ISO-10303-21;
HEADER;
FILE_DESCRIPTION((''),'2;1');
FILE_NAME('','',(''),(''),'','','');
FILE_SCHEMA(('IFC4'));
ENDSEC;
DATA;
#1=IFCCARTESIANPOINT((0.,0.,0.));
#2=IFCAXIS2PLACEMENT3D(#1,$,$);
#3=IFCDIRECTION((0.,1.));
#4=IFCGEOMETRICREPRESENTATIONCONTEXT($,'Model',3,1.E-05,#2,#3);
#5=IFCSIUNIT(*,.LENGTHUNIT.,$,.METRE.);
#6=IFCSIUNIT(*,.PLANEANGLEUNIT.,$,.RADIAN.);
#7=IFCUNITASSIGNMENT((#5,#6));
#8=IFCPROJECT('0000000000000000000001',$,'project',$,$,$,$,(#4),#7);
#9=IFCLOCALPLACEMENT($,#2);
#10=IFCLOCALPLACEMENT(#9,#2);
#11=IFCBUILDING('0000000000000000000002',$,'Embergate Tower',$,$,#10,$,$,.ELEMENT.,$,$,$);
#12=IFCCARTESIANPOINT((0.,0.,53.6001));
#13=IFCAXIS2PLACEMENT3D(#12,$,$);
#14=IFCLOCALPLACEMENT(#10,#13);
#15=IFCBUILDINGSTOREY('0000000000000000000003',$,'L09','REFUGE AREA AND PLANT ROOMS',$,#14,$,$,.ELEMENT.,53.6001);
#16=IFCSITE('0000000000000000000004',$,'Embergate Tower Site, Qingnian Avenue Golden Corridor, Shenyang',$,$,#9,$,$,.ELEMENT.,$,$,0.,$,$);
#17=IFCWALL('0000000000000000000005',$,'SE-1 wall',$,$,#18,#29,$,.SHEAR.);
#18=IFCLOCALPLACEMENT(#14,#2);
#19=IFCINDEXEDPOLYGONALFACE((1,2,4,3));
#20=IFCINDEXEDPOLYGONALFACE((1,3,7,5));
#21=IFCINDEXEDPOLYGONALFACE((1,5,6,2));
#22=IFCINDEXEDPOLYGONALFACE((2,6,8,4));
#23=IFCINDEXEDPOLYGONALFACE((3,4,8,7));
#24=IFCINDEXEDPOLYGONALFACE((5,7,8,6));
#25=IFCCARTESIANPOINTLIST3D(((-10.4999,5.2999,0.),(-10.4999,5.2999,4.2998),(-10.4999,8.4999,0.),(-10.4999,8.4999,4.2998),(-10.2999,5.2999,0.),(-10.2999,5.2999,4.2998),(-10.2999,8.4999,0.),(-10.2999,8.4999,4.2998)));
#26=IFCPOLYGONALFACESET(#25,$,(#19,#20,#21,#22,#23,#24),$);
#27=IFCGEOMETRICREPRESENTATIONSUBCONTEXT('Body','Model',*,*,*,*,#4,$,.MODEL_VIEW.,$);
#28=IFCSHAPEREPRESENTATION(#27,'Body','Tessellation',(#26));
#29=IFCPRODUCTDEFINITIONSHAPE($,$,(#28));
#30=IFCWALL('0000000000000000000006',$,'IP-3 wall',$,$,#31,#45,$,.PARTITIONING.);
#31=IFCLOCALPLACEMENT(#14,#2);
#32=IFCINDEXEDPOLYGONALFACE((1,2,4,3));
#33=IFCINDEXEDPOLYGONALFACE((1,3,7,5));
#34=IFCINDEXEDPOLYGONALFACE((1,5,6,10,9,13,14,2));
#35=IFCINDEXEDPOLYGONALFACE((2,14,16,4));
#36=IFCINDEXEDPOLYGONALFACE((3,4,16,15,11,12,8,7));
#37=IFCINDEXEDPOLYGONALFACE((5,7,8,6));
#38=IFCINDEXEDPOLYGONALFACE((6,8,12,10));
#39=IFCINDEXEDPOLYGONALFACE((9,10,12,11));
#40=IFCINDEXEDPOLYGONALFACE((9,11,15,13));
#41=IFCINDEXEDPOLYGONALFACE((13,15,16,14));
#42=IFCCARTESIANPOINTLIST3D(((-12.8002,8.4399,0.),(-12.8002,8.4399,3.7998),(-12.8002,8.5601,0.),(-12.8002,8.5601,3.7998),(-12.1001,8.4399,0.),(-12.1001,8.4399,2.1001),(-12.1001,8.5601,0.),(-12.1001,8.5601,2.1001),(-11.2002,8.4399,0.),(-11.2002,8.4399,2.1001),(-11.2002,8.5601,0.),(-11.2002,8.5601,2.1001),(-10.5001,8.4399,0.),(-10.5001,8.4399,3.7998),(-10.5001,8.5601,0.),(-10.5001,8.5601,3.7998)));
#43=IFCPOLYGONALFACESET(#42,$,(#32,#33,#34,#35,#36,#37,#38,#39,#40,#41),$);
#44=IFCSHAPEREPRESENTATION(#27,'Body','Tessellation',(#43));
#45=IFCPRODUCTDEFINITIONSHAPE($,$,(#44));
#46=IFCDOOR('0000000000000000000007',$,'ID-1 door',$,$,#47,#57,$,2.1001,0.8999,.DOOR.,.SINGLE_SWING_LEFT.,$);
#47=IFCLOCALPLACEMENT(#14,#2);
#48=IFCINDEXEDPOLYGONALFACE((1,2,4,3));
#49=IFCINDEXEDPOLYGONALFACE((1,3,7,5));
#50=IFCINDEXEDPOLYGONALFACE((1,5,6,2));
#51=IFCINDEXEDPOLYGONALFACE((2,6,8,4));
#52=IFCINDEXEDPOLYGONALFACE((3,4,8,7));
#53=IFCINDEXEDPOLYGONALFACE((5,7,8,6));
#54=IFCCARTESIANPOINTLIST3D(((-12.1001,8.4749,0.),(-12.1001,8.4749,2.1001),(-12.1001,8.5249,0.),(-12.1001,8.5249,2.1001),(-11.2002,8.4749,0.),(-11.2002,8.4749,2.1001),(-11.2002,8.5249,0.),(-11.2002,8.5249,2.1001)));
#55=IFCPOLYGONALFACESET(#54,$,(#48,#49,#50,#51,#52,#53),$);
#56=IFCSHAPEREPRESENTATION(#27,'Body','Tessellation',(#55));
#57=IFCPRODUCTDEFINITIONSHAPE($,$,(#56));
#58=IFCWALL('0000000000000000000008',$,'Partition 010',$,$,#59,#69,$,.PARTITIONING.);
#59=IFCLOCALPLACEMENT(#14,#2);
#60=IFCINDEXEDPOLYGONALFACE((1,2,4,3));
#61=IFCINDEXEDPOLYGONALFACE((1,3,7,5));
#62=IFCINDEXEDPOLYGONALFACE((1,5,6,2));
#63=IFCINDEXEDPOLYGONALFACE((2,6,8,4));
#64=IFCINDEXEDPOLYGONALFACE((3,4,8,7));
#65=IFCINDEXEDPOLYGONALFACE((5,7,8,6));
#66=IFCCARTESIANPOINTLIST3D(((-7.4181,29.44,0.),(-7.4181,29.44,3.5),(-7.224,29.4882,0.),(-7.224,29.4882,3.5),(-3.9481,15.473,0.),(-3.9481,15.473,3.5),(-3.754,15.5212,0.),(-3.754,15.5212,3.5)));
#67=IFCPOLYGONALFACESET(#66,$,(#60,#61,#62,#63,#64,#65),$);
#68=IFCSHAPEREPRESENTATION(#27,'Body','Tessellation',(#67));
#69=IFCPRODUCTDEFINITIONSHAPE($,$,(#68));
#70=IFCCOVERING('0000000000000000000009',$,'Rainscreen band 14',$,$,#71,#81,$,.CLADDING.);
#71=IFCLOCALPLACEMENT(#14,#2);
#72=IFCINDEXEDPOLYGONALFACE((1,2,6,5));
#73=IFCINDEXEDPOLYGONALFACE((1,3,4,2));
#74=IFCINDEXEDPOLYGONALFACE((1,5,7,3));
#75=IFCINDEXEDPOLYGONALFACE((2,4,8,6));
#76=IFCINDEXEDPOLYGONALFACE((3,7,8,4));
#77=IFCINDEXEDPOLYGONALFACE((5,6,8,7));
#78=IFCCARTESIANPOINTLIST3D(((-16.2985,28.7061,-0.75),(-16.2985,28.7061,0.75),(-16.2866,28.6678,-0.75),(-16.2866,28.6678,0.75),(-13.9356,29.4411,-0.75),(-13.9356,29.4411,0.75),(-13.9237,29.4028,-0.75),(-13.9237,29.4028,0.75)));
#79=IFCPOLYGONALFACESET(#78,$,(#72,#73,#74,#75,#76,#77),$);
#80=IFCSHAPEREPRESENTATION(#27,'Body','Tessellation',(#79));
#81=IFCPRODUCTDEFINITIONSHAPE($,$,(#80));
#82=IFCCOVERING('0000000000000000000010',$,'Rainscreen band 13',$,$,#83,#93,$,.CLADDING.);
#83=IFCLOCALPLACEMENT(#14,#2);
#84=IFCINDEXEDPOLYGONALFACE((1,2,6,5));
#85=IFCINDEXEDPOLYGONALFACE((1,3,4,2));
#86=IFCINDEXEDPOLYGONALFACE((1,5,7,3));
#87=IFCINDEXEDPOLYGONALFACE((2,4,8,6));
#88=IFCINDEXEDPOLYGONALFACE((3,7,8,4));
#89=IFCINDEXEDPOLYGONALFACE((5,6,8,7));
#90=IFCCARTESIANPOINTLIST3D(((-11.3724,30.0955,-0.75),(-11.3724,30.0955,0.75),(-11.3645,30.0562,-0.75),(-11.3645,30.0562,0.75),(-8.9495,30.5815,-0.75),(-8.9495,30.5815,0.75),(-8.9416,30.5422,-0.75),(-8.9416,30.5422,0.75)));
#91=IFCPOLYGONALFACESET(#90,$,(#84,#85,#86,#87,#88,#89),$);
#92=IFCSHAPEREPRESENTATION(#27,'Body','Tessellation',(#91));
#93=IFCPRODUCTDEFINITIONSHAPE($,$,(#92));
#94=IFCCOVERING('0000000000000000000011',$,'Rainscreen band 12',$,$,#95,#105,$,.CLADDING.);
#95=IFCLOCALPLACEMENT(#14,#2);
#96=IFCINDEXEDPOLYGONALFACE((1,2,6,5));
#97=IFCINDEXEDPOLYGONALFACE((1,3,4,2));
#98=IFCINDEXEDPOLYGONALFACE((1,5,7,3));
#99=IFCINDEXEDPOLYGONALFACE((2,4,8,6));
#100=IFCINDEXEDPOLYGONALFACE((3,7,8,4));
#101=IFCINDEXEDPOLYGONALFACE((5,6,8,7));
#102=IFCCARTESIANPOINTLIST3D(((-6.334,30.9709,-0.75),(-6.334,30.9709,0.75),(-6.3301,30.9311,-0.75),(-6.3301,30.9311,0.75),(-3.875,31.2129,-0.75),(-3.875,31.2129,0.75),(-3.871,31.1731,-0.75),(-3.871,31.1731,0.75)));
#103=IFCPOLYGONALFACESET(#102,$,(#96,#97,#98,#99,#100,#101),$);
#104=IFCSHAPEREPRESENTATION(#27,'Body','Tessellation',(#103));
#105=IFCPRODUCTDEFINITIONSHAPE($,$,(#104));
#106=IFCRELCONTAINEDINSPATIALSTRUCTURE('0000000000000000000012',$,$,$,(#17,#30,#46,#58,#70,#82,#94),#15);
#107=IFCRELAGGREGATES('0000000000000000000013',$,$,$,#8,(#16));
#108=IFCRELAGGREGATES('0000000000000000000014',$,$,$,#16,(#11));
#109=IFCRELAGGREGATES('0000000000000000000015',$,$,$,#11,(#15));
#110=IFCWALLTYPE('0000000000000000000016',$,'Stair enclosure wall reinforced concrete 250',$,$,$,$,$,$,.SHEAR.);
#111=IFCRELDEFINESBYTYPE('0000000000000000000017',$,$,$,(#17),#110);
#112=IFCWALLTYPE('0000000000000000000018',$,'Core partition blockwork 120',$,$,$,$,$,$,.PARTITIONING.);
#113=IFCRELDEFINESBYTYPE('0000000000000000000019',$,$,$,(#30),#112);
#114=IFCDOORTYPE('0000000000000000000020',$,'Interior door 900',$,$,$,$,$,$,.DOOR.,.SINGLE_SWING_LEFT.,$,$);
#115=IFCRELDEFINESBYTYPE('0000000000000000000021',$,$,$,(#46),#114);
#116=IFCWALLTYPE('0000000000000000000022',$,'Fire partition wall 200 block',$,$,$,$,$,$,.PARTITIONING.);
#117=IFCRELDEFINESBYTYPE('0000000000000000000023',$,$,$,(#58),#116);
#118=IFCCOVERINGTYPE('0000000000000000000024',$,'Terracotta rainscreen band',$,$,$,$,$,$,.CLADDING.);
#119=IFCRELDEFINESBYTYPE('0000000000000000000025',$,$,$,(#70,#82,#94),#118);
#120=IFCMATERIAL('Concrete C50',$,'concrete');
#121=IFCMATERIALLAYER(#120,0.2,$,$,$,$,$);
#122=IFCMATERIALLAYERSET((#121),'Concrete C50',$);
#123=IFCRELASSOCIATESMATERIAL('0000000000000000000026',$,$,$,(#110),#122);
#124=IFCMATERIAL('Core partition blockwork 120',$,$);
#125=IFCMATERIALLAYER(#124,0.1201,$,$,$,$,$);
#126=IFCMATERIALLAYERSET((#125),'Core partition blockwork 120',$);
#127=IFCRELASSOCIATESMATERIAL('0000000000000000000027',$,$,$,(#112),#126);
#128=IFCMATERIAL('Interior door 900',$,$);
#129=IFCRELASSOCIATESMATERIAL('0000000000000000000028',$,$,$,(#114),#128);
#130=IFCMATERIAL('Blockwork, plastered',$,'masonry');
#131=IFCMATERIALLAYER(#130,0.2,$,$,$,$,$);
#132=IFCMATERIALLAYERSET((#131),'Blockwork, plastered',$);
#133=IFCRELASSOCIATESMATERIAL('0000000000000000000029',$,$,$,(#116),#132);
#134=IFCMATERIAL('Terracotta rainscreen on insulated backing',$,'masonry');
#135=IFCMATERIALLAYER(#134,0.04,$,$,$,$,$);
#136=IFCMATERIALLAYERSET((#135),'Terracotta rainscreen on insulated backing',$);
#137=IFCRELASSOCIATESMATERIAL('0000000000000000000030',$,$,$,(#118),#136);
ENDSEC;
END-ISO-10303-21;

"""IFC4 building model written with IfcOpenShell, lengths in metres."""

from ifc_helpers import new_model, si_unit, direction, frame, frame_2d, origin, origin_2d, place, context, subcontext, project, spatial, rectangle, extrude, source, transform, mapped, material, layer, layer_set, type_object, element, fill, save


model = new_model("IFC4")

# Units and contexts
model_context = context("Model", 3, precision=1e-05, world=origin(), true_north=direction((0.0, 1.0)))
body_context = subcontext(model_context, "Body", "Model", "MODEL_VIEW")
ifc_project = project(units=[si_unit("LENGTHUNIT", "METRE"), si_unit("PLANEANGLEUNIT", "RADIAN")], contexts=[model_context])

# Site, building, storey
site_placement = place(None, origin())
site = spatial("IfcSite", under=ifc_project, at=site_placement, Name="Embergate Tower Site, Qingnian Avenue Golden Corridor, Shenyang", CompositionType="ELEMENT", RefElevation=0.0)
building_placement = place(site_placement, origin())
building = spatial("IfcBuilding", under=site, at=building_placement, Name="Embergate Tower", CompositionType="ELEMENT")
storey_placement = place(building_placement, frame((0.0, 0.0, 53.6001)))
storey = spatial("IfcBuildingStorey", under=building, at=storey_placement, Name="L09", Description="REFUGE AREA AND PLANT ROOMS", CompositionType="ELEMENT", Elevation=53.6001)

# Wall
ifc_material_1 = material(Name="Concrete C50", Category="concrete")
ifc_layer_1 = layer(ifc_material_1, 0.2)
ifc_layer_set_1 = layer_set([ifc_layer_1], Name="Concrete C50")
wall_type_1 = type_object("IfcWallType", Name="Stair enclosure wall reinforced concrete 250", PredefinedType="SHEAR", material=ifc_layer_set_1)
shared_shape_1 = source(origin(), body_context, "Body", "SweptSolid", [
    extrude(rectangle(XDim=3.2, YDim=0.2, at=frame_2d((1.6001, 0.0))), origin(), (0.0, 0.0, 1.0), 4.2998),
])
wall_1_placement = place(storey_placement, frame((-10.3999, 8.5, 0.0), z_axis=(0.0, 0.0, 1.0), x_axis=(0.0, -1.0, 0.0)))
element("IfcWall", 1, at=wall_1_placement, inside=storey, type_object=wall_type_1, Name="SE-1 wall", PredefinedType="SHEAR", context=body_context, shape_type="MappedRepresentation", body=[
    mapped(shared_shape_1, transform((0.0, 0.0, 0.0))),
])

# Wall, opening, door
ifc_material_2 = material(Name="Core partition blockwork 120")
ifc_layer_2 = layer(ifc_material_2, 0.1201)
ifc_layer_set_2 = layer_set([ifc_layer_2], Name="Core partition blockwork 120")
wall_type_2 = type_object("IfcWallType", Name="Core partition blockwork 120", PredefinedType="PARTITIONING", material=ifc_layer_set_2)
shared_shape_2 = source(origin(), body_context, "Body", "SweptSolid", [
    extrude(rectangle(XDim=2.3, YDim=0.1201, at=frame_2d((1.1499, 0.0))), origin(), (0.0, 0.0, 1.0), 3.7998),
])
wall_2_placement = place(storey_placement, frame((-12.8, 8.5, 0.0), z_axis=(0.0, 0.0, 1.0), x_axis=(1.0, 0.0, 0.0)))
wall_2 = element("IfcWall", 2, at=wall_2_placement, inside=storey, type_object=wall_type_2, Name="IP-3 wall", PredefinedType="PARTITIONING", context=body_context, shape_type="MappedRepresentation", body=[
    mapped(shared_shape_2, transform((0.0, 0.0, 0.0))),
])
shared_shape_3 = source(origin(), body_context, "Body", "SweptSolid", [
    extrude(rectangle(XDim=0.8999, YDim=2.1001, at=frame_2d((0.45, 1.05))), frame((0.0, 0.0701, 0.0), z_axis=(0.0, -1.0, 0.0), x_axis=(1.0, 0.0, 0.0)), (0.0, 0.0, 1.0), 0.1401),
])
opening_1_placement = place(wall_2_placement, frame((0.7, 0.0, 0.0)))
opening_1 = element("IfcOpeningElement", 3, at=opening_1_placement, cuts=wall_2, PredefinedType="OPENING", context=body_context, shape_type="MappedRepresentation", body=[
    mapped(shared_shape_3, transform((0.0, 0.0, 0.0))),
])
ifc_material_3 = material(Name="Interior door 900")
door_type_1 = type_object("IfcDoorType", Name="Interior door 900", OperationType="SINGLE_SWING_LEFT", PredefinedType="DOOR", material=ifc_material_3)
shared_shape_4 = source(origin(), body_context, "Body", "SweptSolid", [
    extrude(rectangle(XDim=0.8999, YDim=2.1001, at=frame_2d((0.45, 1.05))), frame((0.0, 0.0249, 0.0), z_axis=(0.0, -1.0, 0.0), x_axis=(1.0, 0.0, 0.0)), (0.0, 0.0, 1.0), 0.05),
])
door_1_placement = place(opening_1_placement, origin())
door_1 = element("IfcDoor", 4, at=door_1_placement, inside=storey, type_object=door_type_1, Name="ID-1 door", OperationType="SINGLE_SWING_LEFT", OverallHeight=2.1001, OverallWidth=0.8999, PredefinedType="DOOR", context=body_context, shape_type="MappedRepresentation", body=[
    mapped(shared_shape_4, transform((0.0, 0.0, 0.0))),
])
fill(opening_1, door_1)

# Wall
ifc_material_4 = material(Name="Blockwork, plastered", Category="masonry")
ifc_layer_3 = layer(ifc_material_4, 0.2)
ifc_layer_set_3 = layer_set([ifc_layer_3], Name="Blockwork, plastered")
wall_type_3 = type_object("IfcWallType", Name="Fire partition wall 200 block", PredefinedType="PARTITIONING", material=ifc_layer_set_3)
shared_shape_5 = source(origin(), body_context, "Body", "SweptSolid", [
    extrude(rectangle(XDim=14.3916, YDim=0.2, at=frame_2d((7.1958, 0.0))), origin(), (0.0, 0.0, 1.0), 3.5),
])
wall_3_placement = place(storey_placement, frame((-3.8511, 15.4971, 0.0), z_axis=(0.0, 0.0, 1.0), x_axis=(-0.24111, 0.970498, 0.0)))
element("IfcWall", 5, at=wall_3_placement, inside=storey, type_object=wall_type_3, Name="Partition 010", PredefinedType="PARTITIONING", context=body_context, shape_type="MappedRepresentation", body=[
    mapped(shared_shape_5, transform((0.0, 0.0, 0.0))),
])

# Coverings
ifc_material_5 = material(Name="Terracotta rainscreen on insulated backing", Category="masonry")
ifc_layer_4 = layer(ifc_material_5, 0.04)
ifc_layer_set_4 = layer_set([ifc_layer_4], Name="Terracotta rainscreen on insulated backing")
covering_type = type_object("IfcCoveringType", Name="Terracotta rainscreen band", PredefinedType="CLADDING", material=ifc_layer_set_4)
shared_shape_6 = source(origin(), body_context, "Body", "SweptSolid", [
    extrude(rectangle(XDim=2.4746, YDim=0.04, at=origin_2d()), origin(), (0.0, 0.0, 1.0), 1.5),
])
covering_1_placement = place(storey_placement, frame((-15.1111, 29.0544, -0.75), z_axis=(0.0, 0.0, 1.0), x_axis=(-0.954874, -0.29701, 0.0)))
element("IfcCovering", 6, at=covering_1_placement, inside=storey, type_object=covering_type, Name="Rainscreen band 14", PredefinedType="CLADDING", context=body_context, shape_type="MappedRepresentation", body=[
    mapped(shared_shape_6, transform((0.0, 0.0, 0.0))),
])
shared_shape_7 = source(origin(), body_context, "Body", "SweptSolid", [
    extrude(rectangle(XDim=2.4712, YDim=0.04, at=origin_2d()), origin(), (0.0, 0.0, 1.0), 1.5),
])
covering_2_placement = place(storey_placement, frame((-10.157, 30.3188, -0.75), z_axis=(0.0, 0.0, 1.0), x_axis=(-0.980471, -0.196661, 0.0)))
element("IfcCovering", 7, at=covering_2_placement, inside=storey, type_object=covering_type, Name="Rainscreen band 13", PredefinedType="CLADDING", context=body_context, shape_type="MappedRepresentation", body=[
    mapped(shared_shape_7, transform((0.0, 0.0, 0.0))),
])
shared_shape_8 = source(origin(), body_context, "Body", "SweptSolid", [
    extrude(rectangle(XDim=2.4709, YDim=0.04, at=origin_2d()), origin(), (0.0, 0.0, 1.0), 1.5),
])
covering_3_placement = place(storey_placement, frame((-5.1025, 31.072, -0.75), z_axis=(0.0, 0.0, 1.0), x_axis=(-0.995192, -0.097941, 0.0)))
element("IfcCovering", 8, at=covering_3_placement, inside=storey, type_object=covering_type, Name="Rainscreen band 12", PredefinedType="CLADDING", context=body_context, shape_type="MappedRepresentation", body=[
    mapped(shared_shape_8, transform((0.0, 0.0, 0.0))),
])

save(model, "model.ifc")
